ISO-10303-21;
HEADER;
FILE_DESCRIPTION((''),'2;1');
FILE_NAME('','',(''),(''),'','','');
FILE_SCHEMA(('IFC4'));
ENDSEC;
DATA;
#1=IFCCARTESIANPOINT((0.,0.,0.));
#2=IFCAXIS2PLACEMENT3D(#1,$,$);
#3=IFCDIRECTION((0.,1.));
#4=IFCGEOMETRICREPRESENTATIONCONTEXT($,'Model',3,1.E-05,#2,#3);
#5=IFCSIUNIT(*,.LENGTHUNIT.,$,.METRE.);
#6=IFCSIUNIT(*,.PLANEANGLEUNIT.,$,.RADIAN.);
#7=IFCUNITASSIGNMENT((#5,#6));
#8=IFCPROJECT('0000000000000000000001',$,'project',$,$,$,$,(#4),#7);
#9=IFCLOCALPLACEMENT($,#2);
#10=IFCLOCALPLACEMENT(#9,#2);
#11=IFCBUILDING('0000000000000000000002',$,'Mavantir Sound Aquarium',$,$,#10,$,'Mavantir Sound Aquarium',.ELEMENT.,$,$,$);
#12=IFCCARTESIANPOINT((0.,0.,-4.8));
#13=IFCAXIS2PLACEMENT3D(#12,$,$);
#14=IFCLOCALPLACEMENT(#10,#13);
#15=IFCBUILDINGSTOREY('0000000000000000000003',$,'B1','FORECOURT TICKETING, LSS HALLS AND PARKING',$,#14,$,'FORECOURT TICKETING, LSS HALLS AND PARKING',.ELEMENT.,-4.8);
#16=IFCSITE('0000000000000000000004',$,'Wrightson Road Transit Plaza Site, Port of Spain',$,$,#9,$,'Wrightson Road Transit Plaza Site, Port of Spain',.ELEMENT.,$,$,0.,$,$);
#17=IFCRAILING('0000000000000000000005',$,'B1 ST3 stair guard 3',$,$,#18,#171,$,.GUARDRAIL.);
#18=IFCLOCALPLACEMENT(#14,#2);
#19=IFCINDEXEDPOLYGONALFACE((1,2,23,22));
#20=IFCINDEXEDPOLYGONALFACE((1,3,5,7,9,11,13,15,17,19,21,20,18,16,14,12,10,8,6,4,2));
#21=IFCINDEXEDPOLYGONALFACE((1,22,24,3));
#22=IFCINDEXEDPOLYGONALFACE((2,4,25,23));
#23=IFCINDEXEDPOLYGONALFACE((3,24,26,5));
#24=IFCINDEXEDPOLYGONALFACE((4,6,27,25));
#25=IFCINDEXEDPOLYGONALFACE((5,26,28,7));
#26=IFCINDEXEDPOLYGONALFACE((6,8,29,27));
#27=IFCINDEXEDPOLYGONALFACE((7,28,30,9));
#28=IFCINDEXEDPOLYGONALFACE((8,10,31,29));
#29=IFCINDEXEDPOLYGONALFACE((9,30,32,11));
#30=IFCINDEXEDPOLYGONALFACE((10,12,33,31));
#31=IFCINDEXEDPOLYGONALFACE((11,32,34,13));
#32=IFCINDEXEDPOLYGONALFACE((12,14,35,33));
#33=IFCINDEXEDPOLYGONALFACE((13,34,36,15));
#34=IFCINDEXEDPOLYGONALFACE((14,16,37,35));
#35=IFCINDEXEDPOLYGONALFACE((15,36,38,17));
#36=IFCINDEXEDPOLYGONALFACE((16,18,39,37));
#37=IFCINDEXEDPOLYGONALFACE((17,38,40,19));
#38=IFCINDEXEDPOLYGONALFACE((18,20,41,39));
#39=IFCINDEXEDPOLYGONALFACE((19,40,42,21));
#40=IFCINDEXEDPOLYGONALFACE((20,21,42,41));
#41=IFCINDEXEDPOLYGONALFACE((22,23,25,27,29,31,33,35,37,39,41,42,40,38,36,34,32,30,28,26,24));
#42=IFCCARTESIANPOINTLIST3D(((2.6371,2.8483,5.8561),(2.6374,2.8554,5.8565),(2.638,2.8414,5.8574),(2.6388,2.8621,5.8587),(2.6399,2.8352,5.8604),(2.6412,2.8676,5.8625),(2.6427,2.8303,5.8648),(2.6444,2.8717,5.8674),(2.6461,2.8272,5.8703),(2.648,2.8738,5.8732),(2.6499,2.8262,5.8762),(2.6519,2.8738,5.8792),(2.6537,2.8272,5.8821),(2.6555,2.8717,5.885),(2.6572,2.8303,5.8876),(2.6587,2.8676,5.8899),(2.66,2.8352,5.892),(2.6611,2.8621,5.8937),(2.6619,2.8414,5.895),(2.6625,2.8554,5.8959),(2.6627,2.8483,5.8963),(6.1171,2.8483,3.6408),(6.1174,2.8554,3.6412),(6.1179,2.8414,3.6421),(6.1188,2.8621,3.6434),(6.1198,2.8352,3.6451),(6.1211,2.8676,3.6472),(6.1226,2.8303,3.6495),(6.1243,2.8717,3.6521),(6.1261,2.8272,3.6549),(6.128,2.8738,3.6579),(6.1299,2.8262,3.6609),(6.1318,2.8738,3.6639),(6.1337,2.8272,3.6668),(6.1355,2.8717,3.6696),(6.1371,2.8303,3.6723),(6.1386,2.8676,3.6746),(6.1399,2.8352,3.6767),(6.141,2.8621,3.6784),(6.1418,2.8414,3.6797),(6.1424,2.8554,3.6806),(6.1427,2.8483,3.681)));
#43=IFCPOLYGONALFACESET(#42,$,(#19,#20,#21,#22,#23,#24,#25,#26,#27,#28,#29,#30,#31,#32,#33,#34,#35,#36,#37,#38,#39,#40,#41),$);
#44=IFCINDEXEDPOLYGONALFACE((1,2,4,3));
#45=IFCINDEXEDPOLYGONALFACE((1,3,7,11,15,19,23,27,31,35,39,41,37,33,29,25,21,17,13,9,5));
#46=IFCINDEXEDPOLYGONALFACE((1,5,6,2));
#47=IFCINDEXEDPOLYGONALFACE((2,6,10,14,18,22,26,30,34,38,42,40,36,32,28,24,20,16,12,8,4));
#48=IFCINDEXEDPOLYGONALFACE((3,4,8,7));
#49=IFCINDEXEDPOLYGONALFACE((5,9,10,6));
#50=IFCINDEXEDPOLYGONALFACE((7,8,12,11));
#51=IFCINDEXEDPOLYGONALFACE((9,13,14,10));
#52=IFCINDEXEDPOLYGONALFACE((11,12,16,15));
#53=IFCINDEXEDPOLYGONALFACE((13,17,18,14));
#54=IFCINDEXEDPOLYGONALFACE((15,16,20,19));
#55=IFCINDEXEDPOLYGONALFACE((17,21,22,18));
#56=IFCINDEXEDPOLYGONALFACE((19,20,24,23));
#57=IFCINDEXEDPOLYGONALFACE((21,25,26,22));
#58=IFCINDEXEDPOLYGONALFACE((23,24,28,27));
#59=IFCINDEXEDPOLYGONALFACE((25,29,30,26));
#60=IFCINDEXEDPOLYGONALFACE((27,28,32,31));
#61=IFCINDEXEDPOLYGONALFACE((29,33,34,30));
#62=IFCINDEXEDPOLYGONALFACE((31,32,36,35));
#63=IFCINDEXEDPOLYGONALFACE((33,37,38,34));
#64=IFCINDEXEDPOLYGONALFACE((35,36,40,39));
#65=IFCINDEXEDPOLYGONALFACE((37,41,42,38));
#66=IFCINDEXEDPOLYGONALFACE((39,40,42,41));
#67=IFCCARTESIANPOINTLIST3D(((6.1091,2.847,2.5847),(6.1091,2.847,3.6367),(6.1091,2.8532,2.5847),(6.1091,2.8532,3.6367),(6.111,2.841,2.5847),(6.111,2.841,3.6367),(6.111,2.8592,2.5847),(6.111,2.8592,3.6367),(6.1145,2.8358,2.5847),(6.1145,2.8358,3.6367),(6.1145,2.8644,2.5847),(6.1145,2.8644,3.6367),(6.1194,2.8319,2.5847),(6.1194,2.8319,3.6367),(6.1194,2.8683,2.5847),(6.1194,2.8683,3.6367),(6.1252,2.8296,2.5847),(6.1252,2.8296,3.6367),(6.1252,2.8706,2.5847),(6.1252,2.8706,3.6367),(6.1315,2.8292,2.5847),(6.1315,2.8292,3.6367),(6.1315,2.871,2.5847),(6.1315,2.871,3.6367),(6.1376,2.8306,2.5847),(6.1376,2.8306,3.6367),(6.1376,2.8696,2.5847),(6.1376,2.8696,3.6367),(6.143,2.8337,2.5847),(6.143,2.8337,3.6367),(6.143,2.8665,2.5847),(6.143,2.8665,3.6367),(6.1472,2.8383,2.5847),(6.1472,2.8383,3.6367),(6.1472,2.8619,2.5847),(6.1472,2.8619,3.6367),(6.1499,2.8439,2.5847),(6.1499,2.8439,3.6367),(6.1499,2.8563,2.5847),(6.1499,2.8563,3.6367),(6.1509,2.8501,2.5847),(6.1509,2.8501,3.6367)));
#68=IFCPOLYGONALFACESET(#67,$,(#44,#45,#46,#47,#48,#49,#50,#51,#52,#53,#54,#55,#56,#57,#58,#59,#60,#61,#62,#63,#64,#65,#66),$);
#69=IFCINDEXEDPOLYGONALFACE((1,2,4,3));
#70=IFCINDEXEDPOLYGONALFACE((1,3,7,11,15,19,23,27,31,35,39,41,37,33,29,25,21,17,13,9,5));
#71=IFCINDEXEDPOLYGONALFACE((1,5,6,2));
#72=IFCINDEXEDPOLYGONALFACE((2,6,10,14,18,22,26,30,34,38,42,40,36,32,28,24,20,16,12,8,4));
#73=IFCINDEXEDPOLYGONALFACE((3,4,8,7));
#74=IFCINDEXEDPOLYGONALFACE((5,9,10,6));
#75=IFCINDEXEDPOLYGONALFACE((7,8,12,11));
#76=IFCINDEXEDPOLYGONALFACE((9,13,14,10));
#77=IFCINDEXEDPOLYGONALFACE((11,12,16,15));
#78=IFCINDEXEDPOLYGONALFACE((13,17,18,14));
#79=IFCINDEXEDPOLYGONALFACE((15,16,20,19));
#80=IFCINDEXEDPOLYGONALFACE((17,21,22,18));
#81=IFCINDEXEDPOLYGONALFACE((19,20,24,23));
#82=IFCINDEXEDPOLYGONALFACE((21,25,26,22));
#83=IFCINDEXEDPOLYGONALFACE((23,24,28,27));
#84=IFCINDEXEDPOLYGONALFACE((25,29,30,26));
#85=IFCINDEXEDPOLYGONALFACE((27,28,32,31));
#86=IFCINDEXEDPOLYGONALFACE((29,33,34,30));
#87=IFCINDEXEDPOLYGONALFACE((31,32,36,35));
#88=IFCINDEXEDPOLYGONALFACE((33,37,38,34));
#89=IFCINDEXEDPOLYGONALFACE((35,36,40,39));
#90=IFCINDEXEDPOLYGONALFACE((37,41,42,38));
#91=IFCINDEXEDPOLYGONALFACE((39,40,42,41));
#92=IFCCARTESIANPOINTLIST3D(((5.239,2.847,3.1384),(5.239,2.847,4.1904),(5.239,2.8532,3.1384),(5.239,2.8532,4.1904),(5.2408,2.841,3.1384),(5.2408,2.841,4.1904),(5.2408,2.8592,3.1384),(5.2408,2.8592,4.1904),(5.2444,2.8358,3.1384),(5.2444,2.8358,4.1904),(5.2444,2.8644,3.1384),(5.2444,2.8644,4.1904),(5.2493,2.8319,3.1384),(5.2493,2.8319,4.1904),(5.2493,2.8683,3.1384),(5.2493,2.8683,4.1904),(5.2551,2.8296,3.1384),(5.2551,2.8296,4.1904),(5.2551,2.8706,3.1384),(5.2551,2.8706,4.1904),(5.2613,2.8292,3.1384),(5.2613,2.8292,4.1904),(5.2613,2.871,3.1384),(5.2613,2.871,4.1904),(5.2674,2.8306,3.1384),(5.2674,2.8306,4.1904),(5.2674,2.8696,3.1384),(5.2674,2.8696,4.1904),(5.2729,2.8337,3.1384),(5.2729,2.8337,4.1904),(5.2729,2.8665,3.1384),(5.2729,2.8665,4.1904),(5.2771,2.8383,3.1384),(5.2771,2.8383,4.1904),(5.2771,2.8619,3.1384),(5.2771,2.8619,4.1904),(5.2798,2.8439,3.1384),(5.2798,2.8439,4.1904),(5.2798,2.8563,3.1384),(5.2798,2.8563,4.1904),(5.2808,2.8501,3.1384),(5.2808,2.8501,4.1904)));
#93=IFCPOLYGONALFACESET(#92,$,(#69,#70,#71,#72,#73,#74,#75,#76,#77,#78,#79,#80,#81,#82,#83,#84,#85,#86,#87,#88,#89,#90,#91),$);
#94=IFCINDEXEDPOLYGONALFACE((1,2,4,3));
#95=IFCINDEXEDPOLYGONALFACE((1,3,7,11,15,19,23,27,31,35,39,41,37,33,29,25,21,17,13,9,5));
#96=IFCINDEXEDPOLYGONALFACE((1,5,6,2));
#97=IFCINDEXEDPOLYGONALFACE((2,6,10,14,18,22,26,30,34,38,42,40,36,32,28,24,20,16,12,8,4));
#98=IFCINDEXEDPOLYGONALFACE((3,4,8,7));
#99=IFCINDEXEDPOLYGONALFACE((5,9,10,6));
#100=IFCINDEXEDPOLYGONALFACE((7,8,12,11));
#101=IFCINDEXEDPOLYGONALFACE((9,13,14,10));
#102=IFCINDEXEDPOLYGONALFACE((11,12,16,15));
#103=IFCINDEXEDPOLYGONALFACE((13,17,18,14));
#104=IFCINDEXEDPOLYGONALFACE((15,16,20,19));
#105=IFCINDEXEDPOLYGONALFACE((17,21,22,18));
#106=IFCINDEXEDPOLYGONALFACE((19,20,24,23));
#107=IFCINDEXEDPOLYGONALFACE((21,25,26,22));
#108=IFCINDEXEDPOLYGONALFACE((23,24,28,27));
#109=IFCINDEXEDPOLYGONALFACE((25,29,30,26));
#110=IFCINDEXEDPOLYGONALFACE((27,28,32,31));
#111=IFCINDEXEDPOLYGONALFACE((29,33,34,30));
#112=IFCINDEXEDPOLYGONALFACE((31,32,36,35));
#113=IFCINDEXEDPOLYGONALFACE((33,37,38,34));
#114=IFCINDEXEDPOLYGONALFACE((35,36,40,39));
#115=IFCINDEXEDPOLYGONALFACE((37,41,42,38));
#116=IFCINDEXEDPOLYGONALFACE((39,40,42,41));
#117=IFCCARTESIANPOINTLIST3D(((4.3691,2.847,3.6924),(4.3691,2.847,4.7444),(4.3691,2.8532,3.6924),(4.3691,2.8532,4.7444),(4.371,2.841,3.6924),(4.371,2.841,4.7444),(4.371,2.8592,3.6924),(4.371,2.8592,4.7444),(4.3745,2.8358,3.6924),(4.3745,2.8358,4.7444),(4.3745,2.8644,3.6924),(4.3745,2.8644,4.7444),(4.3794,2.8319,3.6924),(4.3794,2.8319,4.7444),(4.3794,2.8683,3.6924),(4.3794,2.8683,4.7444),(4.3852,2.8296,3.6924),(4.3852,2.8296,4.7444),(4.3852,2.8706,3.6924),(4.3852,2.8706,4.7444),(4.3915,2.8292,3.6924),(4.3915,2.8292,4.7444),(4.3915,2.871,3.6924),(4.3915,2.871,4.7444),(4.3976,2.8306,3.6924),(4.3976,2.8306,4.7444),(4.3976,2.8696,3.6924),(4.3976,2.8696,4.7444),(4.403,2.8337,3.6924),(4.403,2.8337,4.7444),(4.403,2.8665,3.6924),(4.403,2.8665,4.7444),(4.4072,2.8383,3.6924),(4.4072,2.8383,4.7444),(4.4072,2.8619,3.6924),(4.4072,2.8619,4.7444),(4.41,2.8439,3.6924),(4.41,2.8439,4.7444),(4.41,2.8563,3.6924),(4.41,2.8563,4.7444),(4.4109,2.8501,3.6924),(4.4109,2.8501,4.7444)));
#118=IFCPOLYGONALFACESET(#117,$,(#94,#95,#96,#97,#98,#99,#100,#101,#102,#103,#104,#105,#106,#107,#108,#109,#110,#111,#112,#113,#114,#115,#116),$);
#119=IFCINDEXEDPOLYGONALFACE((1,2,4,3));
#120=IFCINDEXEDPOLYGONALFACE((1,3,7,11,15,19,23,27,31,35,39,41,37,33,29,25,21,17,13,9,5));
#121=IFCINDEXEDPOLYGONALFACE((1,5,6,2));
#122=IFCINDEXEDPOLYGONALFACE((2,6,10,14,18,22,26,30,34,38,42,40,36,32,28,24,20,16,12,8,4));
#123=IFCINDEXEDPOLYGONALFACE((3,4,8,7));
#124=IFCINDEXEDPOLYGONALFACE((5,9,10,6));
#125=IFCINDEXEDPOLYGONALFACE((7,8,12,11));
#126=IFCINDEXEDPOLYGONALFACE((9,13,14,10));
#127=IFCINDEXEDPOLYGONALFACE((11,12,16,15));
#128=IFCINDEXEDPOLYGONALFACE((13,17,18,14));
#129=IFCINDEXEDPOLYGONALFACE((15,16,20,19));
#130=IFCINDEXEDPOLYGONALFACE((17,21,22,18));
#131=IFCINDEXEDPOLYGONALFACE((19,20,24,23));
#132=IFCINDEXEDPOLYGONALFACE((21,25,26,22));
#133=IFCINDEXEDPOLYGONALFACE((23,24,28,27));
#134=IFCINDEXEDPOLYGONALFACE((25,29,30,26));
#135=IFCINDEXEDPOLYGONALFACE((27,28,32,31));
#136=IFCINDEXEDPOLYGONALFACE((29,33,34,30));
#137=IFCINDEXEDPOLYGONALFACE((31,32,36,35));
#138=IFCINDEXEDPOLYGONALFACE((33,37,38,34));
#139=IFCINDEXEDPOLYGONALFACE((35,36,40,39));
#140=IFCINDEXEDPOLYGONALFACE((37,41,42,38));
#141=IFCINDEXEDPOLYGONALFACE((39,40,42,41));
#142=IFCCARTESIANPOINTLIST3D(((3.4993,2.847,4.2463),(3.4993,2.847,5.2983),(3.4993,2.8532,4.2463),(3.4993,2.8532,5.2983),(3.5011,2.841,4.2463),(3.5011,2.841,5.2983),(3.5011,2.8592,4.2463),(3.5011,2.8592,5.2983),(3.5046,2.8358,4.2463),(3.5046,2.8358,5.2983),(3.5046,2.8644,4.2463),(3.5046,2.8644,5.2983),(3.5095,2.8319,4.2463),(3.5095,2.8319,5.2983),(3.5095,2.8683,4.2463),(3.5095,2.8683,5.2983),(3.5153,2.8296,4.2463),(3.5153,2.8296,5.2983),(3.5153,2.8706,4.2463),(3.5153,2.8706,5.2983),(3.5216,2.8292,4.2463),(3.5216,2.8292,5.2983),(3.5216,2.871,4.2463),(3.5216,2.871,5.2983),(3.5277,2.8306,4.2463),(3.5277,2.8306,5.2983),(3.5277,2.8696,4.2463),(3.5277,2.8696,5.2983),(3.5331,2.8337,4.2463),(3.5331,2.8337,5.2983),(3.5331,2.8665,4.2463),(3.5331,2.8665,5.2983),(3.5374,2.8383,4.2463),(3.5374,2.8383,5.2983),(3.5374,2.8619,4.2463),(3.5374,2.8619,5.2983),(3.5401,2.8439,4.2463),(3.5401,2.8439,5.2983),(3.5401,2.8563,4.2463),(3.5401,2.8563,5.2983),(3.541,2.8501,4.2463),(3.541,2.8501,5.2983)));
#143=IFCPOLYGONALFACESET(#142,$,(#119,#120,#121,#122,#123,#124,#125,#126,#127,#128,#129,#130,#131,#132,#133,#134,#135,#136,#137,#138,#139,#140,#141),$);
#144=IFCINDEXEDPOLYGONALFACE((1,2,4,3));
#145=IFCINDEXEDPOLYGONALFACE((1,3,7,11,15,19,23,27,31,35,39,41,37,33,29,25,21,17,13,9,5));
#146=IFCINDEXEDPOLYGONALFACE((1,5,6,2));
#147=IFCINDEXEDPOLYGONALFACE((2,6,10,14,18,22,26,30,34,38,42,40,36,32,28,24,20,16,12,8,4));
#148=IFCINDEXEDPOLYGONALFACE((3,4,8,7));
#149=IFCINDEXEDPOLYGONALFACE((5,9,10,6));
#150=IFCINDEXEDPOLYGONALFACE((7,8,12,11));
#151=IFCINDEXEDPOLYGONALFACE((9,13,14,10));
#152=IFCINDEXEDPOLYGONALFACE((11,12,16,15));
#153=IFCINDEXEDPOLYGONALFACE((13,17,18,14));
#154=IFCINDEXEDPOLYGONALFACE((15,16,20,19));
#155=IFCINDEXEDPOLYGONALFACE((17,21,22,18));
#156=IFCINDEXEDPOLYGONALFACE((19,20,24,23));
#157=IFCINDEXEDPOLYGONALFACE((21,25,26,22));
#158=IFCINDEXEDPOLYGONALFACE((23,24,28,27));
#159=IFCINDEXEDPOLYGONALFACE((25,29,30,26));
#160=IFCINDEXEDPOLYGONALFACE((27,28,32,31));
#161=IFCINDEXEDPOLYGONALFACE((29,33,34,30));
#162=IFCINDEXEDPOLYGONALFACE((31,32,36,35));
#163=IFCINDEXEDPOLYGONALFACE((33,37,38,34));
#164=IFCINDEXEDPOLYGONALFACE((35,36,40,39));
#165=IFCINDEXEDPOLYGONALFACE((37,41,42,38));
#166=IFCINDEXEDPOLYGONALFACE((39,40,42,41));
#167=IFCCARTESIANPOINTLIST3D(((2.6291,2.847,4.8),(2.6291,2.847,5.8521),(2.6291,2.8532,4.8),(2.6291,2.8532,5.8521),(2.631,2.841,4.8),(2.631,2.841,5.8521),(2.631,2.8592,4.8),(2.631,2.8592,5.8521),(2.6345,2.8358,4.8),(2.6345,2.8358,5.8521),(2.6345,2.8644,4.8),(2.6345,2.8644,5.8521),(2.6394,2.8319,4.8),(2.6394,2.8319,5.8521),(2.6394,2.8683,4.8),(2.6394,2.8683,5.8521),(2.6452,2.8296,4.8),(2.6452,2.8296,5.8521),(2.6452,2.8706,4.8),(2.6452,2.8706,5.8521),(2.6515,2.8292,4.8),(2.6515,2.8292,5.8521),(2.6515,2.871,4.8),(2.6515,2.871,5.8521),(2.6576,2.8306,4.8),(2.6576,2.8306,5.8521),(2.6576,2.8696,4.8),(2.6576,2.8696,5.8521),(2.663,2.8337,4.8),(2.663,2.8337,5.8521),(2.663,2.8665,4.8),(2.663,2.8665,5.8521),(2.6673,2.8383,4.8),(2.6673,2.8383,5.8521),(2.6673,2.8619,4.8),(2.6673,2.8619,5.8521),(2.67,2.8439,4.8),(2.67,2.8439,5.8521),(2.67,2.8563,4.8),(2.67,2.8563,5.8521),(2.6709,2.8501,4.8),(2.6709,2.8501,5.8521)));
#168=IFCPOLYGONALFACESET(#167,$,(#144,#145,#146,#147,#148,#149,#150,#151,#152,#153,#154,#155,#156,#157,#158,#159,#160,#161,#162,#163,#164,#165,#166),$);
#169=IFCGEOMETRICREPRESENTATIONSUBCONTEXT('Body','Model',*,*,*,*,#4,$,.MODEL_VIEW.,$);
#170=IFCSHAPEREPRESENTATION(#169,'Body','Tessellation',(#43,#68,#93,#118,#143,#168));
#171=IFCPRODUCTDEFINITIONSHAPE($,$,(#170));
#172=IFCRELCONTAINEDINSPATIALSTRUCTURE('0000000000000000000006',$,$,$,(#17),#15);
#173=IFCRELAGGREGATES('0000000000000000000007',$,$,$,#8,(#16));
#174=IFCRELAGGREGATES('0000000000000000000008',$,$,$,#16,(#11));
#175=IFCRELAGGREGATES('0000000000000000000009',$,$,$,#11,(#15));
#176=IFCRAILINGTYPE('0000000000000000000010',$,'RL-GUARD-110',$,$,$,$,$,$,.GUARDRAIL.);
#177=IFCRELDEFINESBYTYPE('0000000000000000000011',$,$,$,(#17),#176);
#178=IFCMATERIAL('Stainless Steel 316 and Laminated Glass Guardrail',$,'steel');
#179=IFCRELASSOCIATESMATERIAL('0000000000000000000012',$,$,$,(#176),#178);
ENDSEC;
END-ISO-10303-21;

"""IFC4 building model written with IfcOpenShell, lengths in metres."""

from ifc_helpers import new_model, si_unit, direction, frame, origin, origin_2d, place, context, subcontext, project, spatial, circle, extrude, material, type_object, element, save


model = new_model("IFC4")

# Units and contexts
model_context = context("Model", 3, precision=1e-05, world=origin(), true_north=direction((0.0, 1.0)))
body_context = subcontext(model_context, "Body", "Model", "MODEL_VIEW")
ifc_project = project(units=[si_unit("LENGTHUNIT", "METRE"), si_unit("PLANEANGLEUNIT", "RADIAN")], contexts=[model_context])

# Site, building, storey
site_placement = place(None, origin())
site = spatial("IfcSite", under=ifc_project, at=site_placement, Name="Wrightson Road Transit Plaza Site, Port of Spain", LongName="Wrightson Road Transit Plaza Site, Port of Spain", CompositionType="ELEMENT", RefElevation=0.0)
building_placement = place(site_placement, origin())
building = spatial("IfcBuilding", under=site, at=building_placement, Name="Mavantir Sound Aquarium", LongName="Mavantir Sound Aquarium", CompositionType="ELEMENT")
storey_placement = place(building_placement, frame((0.0, 0.0, -4.8)))
storey = spatial("IfcBuildingStorey", under=building, at=storey_placement, Name="B1", Description="FORECOURT TICKETING, LSS HALLS AND PARKING", LongName="FORECOURT TICKETING, LSS HALLS AND PARKING", CompositionType="ELEMENT", Elevation=-4.8)

# Railing
ifc_material_1 = material(Name="Stainless Steel 316 and Laminated Glass Guardrail", Category="steel")
railing_type_1 = type_object("IfcRailingType", Name="RL-GUARD-110", PredefinedType="GUARDRAIL", material=ifc_material_1)
railing_1_placement = place(storey_placement, frame((6.1299, 2.8501, 2.5847)))
element("IfcRailing", 1, at=railing_1_placement, inside=storey, type_object=railing_type_1, Name="B1 ST3 stair guard 3", PredefinedType="GUARDRAIL", context=body_context, shape_type="SweptSolid", body=[
    extrude(circle(Radius=0.0239, at=origin_2d()), frame((0.0, 0.0, 1.0762), z_axis=(-0.843574, 0.0, 0.537013), x_axis=(0.0, -1.0, 0.0)), (0.0, 0.0, 1.0), 4.1252),
    extrude(circle(Radius=0.021, at=origin_2d()), origin(), (0.0, 0.0, 1.0), 1.052),
    extrude(circle(Radius=0.021, at=origin_2d()), frame((-0.8701, 0.0, 0.5537)), (0.0, 0.0, 1.0), 1.052),
    extrude(circle(Radius=0.021, at=origin_2d()), frame((-1.74, 0.0, 1.1077)), (0.0, 0.0, 1.0), 1.052),
    extrude(circle(Radius=0.021, at=origin_2d()), frame((-2.6099, 0.0, 1.6616)), (0.0, 0.0, 1.0), 1.052),
    extrude(circle(Radius=0.021, at=origin_2d()), frame((-3.48, 0.0, 2.2153)), (0.0, 0.0, 1.0), 1.052),
])

save(model, "model.ifc")
